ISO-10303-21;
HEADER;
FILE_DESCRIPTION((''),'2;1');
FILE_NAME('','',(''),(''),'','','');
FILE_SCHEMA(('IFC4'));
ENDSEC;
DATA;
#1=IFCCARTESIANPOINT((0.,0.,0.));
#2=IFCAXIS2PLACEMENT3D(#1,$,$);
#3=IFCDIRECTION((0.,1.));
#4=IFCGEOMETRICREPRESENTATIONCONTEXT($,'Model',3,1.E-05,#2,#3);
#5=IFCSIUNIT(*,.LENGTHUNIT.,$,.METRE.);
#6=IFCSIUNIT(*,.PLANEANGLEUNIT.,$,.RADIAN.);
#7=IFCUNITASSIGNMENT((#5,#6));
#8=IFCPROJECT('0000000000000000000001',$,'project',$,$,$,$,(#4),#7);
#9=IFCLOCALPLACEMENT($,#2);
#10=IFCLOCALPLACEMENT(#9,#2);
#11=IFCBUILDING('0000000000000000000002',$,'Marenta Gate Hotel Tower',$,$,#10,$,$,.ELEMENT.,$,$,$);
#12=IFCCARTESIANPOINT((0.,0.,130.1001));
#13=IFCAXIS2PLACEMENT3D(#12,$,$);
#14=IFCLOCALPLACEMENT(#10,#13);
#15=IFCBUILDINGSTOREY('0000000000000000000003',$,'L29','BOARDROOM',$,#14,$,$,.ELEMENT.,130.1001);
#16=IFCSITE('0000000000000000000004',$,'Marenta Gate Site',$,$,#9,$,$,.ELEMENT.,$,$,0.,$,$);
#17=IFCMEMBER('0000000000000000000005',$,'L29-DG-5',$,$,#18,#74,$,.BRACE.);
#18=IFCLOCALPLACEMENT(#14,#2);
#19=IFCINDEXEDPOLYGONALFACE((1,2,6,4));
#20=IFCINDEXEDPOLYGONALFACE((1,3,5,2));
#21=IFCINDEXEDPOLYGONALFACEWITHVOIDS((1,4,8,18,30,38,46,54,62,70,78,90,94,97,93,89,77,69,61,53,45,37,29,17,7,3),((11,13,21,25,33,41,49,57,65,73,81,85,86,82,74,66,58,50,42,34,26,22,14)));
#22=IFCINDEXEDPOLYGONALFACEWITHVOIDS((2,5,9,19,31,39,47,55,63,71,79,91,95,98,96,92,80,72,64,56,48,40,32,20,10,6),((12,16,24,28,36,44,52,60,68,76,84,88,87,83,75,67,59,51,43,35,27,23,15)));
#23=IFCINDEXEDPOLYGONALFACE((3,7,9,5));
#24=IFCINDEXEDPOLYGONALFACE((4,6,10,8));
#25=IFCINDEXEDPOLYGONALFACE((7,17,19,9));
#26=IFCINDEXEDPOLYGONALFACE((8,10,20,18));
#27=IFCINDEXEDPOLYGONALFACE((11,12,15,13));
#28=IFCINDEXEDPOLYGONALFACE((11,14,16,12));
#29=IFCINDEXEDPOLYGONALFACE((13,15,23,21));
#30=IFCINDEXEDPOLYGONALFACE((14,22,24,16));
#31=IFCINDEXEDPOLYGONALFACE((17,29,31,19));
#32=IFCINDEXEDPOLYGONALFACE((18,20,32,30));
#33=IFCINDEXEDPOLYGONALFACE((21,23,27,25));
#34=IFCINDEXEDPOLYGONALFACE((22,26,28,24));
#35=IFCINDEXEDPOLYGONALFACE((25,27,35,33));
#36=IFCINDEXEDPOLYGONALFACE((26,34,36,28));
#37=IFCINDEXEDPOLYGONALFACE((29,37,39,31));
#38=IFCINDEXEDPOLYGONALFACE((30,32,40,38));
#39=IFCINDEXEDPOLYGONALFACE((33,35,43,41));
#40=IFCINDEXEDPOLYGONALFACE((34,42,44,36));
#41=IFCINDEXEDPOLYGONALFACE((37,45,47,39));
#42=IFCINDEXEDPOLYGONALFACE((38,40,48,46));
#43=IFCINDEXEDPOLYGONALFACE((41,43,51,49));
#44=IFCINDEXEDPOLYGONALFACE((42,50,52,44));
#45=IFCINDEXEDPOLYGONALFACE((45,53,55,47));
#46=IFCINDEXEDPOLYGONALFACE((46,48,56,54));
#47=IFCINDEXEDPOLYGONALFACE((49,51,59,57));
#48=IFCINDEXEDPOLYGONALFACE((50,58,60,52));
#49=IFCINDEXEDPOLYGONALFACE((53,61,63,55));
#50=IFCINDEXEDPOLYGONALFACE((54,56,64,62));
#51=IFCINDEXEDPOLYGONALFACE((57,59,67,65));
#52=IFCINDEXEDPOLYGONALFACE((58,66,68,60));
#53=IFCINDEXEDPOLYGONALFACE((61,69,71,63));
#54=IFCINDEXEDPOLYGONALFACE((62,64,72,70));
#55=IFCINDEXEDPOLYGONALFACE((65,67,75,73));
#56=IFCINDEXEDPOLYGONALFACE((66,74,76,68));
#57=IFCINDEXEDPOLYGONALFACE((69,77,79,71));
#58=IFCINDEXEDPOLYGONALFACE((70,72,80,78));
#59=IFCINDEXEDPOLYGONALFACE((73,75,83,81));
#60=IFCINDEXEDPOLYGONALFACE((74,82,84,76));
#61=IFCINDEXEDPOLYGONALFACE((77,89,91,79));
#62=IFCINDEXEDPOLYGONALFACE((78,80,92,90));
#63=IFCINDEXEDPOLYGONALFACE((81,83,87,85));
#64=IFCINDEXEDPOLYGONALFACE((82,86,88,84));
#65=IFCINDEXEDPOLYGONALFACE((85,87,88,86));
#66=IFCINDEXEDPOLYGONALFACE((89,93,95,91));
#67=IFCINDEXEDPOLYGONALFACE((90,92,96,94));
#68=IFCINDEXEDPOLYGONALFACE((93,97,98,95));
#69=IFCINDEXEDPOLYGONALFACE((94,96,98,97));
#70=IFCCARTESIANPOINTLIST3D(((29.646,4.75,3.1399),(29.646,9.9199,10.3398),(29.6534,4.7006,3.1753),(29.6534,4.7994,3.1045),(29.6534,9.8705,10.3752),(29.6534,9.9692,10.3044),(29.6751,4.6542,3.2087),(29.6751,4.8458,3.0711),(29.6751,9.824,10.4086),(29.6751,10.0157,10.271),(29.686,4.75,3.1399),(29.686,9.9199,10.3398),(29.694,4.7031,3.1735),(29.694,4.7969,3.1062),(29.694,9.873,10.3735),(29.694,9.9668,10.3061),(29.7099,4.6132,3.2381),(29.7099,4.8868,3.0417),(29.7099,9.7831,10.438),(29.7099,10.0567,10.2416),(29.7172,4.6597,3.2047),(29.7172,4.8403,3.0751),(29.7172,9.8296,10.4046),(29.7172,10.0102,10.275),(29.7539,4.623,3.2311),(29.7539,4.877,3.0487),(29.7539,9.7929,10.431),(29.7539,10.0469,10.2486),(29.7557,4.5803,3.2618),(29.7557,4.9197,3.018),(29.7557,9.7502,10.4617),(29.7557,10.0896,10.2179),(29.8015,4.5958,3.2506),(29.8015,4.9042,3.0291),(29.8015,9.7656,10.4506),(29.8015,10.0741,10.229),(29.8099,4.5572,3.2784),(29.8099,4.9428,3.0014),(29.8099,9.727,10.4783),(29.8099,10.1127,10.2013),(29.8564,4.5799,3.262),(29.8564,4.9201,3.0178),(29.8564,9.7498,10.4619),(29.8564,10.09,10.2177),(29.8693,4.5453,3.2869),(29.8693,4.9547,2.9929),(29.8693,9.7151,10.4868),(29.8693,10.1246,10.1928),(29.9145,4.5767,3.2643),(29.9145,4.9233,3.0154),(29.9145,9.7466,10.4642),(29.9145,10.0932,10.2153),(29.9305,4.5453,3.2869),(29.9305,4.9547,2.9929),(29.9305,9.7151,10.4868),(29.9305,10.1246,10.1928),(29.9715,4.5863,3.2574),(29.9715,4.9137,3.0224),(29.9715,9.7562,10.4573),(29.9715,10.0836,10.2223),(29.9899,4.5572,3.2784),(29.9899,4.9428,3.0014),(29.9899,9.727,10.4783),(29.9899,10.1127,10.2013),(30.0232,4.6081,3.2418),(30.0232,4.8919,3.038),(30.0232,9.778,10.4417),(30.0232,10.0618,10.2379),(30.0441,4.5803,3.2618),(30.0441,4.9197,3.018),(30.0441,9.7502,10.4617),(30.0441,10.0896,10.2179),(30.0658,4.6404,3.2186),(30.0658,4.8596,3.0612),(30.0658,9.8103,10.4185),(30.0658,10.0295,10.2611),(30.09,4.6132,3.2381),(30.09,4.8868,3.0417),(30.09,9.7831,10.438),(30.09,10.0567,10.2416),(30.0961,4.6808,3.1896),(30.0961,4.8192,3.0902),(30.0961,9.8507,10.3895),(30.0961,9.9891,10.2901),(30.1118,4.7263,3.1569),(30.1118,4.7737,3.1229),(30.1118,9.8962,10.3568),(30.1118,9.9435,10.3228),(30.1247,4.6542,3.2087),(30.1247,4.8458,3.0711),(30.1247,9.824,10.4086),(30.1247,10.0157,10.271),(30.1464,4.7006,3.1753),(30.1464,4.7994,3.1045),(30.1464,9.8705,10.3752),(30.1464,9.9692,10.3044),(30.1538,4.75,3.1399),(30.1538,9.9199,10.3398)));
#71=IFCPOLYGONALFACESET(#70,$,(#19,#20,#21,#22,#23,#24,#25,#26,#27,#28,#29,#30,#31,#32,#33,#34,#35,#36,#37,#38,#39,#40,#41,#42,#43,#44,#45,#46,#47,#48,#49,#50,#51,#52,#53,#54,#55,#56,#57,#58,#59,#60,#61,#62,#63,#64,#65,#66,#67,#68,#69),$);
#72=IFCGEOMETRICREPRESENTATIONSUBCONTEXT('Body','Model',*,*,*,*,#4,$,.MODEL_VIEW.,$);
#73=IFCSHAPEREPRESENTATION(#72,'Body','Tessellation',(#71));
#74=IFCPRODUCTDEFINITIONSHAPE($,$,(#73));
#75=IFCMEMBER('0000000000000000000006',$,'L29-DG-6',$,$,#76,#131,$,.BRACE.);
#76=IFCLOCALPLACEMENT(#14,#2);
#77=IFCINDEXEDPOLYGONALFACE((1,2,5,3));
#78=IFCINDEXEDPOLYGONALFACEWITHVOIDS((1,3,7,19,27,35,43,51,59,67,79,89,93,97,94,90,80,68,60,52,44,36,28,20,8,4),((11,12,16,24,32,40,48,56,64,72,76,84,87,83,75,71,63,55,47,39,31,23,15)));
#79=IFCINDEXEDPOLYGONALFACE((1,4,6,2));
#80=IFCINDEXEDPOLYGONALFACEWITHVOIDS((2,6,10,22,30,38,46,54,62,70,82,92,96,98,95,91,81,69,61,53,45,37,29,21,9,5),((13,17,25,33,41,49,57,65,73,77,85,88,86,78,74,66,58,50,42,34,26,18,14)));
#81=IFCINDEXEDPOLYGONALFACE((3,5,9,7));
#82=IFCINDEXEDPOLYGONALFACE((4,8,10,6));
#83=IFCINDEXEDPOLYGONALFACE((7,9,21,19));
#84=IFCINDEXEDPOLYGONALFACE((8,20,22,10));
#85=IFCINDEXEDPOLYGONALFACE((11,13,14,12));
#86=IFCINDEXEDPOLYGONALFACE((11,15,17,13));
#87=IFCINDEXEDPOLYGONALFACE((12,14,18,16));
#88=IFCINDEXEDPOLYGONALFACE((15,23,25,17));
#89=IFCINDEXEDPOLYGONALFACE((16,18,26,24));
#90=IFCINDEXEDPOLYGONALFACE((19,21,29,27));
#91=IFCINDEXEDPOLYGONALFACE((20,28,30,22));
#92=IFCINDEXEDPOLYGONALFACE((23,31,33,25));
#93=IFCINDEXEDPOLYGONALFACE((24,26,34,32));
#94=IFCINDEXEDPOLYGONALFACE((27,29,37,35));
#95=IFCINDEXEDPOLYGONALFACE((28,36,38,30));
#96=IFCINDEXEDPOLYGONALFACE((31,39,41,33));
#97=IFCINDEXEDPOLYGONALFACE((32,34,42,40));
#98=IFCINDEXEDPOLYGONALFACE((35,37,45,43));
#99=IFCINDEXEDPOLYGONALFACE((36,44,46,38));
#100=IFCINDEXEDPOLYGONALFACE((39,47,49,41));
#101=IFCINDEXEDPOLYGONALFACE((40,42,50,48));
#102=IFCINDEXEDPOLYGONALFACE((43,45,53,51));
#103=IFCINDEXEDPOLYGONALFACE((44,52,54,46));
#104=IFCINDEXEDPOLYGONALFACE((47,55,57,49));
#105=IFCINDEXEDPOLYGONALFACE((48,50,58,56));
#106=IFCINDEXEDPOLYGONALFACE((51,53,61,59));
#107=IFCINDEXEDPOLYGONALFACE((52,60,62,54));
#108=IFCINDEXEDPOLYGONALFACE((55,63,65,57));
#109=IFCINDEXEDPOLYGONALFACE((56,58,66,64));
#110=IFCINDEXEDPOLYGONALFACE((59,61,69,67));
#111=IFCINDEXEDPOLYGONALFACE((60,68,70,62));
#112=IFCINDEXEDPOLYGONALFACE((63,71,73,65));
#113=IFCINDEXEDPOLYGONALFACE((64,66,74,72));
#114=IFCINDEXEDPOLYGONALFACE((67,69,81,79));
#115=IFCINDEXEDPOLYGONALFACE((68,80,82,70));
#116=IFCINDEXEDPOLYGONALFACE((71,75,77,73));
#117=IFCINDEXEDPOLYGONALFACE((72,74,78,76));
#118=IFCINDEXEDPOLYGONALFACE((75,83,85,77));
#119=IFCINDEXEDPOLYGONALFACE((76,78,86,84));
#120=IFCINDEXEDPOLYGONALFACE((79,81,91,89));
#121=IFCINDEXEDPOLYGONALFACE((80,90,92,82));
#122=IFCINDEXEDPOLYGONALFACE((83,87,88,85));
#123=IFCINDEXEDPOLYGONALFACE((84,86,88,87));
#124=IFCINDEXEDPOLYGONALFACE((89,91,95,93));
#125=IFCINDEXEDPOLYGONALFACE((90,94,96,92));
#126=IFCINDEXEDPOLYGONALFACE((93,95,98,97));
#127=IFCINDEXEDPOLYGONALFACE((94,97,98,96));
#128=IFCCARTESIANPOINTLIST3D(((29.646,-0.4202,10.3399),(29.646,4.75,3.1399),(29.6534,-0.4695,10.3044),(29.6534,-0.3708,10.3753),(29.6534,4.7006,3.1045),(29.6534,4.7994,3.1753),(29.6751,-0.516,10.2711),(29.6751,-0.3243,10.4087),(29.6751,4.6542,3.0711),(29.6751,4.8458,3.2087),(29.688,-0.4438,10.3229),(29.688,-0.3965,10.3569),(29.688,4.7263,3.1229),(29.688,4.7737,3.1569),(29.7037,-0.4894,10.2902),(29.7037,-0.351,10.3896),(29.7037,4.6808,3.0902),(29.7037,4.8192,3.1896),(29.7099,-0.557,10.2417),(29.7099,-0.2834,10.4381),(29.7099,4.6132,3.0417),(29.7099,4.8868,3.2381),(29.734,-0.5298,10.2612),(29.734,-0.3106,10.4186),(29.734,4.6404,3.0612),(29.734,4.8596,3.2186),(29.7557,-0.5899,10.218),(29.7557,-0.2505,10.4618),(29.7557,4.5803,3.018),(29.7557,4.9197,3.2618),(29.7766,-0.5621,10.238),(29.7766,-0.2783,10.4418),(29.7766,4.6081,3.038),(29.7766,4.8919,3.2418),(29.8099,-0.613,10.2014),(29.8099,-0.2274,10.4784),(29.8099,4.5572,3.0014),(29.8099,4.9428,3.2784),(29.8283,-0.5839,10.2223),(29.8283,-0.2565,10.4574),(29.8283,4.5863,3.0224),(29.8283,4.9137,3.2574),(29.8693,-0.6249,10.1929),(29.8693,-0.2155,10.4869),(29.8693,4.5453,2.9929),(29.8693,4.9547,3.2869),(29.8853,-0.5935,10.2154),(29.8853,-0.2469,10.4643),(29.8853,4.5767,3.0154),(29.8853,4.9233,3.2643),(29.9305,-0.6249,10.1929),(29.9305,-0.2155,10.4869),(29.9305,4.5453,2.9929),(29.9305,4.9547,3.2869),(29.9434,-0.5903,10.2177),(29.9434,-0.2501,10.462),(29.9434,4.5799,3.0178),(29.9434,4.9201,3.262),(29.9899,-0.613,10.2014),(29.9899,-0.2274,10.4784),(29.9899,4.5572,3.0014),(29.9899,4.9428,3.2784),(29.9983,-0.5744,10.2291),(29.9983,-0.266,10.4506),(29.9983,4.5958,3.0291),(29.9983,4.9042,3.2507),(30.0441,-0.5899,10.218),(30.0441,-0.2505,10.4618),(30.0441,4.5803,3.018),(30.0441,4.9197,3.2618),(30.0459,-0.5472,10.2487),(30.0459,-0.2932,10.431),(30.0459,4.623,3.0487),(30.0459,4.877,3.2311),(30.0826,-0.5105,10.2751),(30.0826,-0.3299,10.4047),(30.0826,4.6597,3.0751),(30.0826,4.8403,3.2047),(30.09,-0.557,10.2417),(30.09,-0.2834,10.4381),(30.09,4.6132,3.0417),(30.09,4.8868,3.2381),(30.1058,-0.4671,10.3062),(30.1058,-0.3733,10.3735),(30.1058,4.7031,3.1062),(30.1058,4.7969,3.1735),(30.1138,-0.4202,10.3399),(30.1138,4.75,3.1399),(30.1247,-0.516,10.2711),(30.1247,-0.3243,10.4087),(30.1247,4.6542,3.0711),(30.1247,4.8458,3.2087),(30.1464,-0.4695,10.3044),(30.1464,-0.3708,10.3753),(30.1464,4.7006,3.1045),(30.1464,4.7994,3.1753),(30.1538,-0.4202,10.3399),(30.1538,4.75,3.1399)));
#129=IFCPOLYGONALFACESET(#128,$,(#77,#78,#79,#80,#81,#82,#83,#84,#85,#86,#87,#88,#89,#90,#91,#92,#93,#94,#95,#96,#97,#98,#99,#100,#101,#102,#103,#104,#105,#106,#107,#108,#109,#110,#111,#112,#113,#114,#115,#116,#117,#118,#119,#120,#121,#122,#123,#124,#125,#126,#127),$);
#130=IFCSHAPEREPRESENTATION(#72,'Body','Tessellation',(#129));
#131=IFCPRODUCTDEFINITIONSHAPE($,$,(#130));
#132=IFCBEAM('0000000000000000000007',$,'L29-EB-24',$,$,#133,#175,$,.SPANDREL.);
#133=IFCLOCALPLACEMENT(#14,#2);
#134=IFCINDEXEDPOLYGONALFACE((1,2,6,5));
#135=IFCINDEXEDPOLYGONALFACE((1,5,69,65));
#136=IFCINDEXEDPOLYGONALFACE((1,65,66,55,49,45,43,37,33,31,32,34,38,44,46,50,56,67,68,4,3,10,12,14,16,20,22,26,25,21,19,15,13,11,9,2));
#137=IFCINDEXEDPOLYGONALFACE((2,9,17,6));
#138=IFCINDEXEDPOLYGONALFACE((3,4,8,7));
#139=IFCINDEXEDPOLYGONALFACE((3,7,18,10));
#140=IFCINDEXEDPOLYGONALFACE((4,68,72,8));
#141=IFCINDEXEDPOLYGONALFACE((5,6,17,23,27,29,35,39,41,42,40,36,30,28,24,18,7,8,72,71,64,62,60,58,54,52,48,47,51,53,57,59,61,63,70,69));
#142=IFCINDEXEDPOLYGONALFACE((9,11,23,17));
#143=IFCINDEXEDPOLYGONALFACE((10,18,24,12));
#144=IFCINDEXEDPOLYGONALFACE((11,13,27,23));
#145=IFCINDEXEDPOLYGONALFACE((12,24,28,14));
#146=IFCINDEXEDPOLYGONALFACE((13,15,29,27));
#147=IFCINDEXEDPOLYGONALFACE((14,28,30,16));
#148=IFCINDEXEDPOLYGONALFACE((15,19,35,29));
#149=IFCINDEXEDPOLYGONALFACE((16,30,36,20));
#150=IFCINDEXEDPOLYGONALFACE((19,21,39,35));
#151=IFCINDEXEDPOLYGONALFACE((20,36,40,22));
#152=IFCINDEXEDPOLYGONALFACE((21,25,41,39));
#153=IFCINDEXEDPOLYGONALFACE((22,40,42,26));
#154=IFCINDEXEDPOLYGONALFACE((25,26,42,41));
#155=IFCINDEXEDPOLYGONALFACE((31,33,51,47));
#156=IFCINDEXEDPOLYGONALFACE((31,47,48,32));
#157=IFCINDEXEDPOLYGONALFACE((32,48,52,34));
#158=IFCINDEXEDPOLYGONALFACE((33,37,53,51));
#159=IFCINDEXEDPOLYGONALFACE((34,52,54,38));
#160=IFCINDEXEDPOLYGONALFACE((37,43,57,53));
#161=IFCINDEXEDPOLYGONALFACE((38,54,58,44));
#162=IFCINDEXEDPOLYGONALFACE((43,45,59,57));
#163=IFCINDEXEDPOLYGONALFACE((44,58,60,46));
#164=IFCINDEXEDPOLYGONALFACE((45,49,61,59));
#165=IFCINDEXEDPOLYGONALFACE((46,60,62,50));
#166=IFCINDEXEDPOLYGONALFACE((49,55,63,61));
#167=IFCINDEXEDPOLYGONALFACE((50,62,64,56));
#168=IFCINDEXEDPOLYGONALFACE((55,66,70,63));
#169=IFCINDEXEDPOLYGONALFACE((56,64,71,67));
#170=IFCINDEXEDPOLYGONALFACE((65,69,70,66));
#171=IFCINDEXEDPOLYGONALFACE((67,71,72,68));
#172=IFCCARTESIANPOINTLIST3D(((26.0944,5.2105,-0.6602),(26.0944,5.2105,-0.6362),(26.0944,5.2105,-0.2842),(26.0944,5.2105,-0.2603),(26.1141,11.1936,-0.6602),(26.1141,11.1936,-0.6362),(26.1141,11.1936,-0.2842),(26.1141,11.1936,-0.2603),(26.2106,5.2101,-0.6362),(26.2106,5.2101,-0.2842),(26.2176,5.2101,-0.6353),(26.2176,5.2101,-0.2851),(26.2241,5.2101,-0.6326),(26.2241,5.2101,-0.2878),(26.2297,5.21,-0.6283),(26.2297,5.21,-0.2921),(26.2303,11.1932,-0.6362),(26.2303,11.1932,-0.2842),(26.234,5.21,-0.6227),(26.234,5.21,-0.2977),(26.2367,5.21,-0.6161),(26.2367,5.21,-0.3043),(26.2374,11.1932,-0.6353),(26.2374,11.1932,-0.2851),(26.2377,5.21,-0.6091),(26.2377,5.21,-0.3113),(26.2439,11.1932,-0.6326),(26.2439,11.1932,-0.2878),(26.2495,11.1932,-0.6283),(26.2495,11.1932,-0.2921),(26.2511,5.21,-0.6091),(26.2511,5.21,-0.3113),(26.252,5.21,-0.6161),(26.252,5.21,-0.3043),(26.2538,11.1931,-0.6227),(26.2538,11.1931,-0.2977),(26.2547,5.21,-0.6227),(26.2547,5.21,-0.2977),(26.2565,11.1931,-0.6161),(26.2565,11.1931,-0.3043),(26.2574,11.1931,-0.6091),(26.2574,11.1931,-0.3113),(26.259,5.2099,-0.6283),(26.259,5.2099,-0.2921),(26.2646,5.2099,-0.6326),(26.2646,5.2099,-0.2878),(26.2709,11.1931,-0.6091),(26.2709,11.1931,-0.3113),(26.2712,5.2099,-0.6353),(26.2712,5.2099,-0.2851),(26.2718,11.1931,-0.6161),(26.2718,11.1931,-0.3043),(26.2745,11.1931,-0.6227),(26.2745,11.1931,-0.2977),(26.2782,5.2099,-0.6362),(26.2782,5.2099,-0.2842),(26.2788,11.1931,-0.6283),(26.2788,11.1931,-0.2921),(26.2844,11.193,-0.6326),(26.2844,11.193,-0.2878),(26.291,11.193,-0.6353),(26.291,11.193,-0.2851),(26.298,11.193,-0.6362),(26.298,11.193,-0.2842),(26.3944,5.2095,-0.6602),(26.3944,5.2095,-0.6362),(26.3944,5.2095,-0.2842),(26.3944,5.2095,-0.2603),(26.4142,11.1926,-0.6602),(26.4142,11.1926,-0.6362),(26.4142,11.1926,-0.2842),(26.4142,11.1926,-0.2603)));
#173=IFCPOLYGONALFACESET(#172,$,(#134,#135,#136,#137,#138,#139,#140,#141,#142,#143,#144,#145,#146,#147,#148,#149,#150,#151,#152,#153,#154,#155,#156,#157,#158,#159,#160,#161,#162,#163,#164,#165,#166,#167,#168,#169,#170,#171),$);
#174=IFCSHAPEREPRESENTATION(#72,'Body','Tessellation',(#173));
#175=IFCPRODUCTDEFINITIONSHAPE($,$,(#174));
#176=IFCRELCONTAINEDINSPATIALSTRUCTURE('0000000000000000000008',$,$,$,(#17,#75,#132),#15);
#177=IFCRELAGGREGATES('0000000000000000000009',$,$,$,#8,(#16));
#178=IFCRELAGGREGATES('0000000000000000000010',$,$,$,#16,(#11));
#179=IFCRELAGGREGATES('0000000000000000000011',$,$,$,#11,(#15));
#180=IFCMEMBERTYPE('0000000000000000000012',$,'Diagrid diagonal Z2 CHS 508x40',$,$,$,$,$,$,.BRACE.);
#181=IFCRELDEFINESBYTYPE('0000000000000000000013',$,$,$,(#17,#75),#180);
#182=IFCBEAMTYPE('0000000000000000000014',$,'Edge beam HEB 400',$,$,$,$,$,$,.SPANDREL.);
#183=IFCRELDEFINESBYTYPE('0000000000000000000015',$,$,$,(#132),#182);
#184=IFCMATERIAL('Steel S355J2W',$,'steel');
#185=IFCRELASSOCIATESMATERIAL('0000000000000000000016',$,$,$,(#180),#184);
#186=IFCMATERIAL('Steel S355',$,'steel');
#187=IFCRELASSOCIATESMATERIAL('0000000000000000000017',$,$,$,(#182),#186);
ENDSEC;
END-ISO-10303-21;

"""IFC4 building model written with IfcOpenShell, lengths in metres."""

from ifc_helpers import new_model, si_unit, direction, frame, origin, origin_2d, place, context, subcontext, project, spatial, hollow_circle, i_section, extrude, material, material_profile, profile_set, type_object, element, save


model = new_model("IFC4")

# Units and contexts
model_context = context("Model", 3, precision=1e-05, world=origin(), true_north=direction((0.0, 1.0)))
body_context = subcontext(model_context, "Body", "Model", "MODEL_VIEW")
ifc_project = project(units=[si_unit("LENGTHUNIT", "METRE"), si_unit("PLANEANGLEUNIT", "RADIAN")], contexts=[model_context])

# Site, building, storey
site_placement = place(None, origin())
site = spatial("IfcSite", under=ifc_project, at=site_placement, Name="Marenta Gate Site", CompositionType="ELEMENT", RefElevation=0.0)
building_placement = place(site_placement, origin())
building = spatial("IfcBuilding", under=site, at=building_placement, Name="Marenta Gate Hotel Tower", CompositionType="ELEMENT")
storey_placement = place(building_placement, frame((0.0, 0.0, 130.1001)))
storey = spatial("IfcBuildingStorey", under=building, at=storey_placement, Name="L29", Description="BOARDROOM", CompositionType="ELEMENT", Elevation=130.1001)

# Members
ifc_material_1 = material(Name="Steel S355J2W", Category="steel")
ifc_material_profile_1 = material_profile(ifc_material_1, hollow_circle(Radius=0.2539, WallThickness=0.04, at=origin_2d()), Name="CHS 508x40")
ifc_profile_set_1 = profile_set([ifc_material_profile_1], Name="Steel S355J2W")
member_type_1 = type_object("IfcMemberType", Name="Diagrid diagonal Z2 CHS 508x40", PredefinedType="BRACE", material=ifc_profile_set_1)
member_1_placement = place(storey_placement, frame((29.8999, 4.75, 3.1399), z_axis=(0.0, 0.583261, 0.812285), x_axis=(-1.0, 0.0, 0.0)))
element("IfcMember", 1, at=member_1_placement, inside=storey, type_object=member_type_1, Name="L29-DG-5", PredefinedType="BRACE", context=body_context, shape_type="SweptSolid", body=[
    extrude(hollow_circle(Radius=0.2539, WallThickness=0.04, at=origin_2d()), origin(), (0.0, 0.0, 1.0), 8.8638),
])
member_2_placement = place(storey_placement, frame((29.8999, 4.75, 3.1399), z_axis=(0.0, -0.583279, 0.812272), x_axis=(1.0, 0.0, 0.0)))
element("IfcMember", 2, at=member_2_placement, inside=storey, type_object=member_type_1, Name="L29-DG-6", PredefinedType="BRACE", context=body_context, shape_type="SweptSolid", body=[
    extrude(hollow_circle(Radius=0.2539, WallThickness=0.04, at=origin_2d()), origin(), (0.0, 0.0, 1.0), 8.864),
])

# Beam
ifc_material_2 = material(Name="Steel S355", Category="steel")
ifc_material_profile_2 = material_profile(ifc_material_2, i_section(OverallWidth=0.3, OverallDepth=0.3999, WebThickness=0.0134, FlangeThickness=0.0239, FilletRadius=0.0271, at=origin_2d()), Name="HEB 400")
ifc_profile_set_2 = profile_set([ifc_material_profile_2], Name="Steel S355")
beam_type = type_object("IfcBeamType", Name="Edge beam HEB 400", PredefinedType="SPANDREL", material=ifc_profile_set_2)
beam_1_placement = place(storey_placement, frame((26.2642, 11.1931, -0.4602), z_axis=(-0.003305, -0.999995, 0.0), x_axis=(0.999995, -0.003305, 0.0)))
element("IfcBeam", 3, at=beam_1_placement, inside=storey, type_object=beam_type, Name="L29-EB-24", PredefinedType="SPANDREL", context=body_context, shape_type="SweptSolid", body=[
    extrude(i_section(OverallWidth=0.3, OverallDepth=0.3999, WebThickness=0.0134, FlangeThickness=0.0239, FilletRadius=0.0271, at=origin_2d()), origin(), (0.0, 0.0, 1.0), 5.9832),
])

save(model, "model.ifc")
